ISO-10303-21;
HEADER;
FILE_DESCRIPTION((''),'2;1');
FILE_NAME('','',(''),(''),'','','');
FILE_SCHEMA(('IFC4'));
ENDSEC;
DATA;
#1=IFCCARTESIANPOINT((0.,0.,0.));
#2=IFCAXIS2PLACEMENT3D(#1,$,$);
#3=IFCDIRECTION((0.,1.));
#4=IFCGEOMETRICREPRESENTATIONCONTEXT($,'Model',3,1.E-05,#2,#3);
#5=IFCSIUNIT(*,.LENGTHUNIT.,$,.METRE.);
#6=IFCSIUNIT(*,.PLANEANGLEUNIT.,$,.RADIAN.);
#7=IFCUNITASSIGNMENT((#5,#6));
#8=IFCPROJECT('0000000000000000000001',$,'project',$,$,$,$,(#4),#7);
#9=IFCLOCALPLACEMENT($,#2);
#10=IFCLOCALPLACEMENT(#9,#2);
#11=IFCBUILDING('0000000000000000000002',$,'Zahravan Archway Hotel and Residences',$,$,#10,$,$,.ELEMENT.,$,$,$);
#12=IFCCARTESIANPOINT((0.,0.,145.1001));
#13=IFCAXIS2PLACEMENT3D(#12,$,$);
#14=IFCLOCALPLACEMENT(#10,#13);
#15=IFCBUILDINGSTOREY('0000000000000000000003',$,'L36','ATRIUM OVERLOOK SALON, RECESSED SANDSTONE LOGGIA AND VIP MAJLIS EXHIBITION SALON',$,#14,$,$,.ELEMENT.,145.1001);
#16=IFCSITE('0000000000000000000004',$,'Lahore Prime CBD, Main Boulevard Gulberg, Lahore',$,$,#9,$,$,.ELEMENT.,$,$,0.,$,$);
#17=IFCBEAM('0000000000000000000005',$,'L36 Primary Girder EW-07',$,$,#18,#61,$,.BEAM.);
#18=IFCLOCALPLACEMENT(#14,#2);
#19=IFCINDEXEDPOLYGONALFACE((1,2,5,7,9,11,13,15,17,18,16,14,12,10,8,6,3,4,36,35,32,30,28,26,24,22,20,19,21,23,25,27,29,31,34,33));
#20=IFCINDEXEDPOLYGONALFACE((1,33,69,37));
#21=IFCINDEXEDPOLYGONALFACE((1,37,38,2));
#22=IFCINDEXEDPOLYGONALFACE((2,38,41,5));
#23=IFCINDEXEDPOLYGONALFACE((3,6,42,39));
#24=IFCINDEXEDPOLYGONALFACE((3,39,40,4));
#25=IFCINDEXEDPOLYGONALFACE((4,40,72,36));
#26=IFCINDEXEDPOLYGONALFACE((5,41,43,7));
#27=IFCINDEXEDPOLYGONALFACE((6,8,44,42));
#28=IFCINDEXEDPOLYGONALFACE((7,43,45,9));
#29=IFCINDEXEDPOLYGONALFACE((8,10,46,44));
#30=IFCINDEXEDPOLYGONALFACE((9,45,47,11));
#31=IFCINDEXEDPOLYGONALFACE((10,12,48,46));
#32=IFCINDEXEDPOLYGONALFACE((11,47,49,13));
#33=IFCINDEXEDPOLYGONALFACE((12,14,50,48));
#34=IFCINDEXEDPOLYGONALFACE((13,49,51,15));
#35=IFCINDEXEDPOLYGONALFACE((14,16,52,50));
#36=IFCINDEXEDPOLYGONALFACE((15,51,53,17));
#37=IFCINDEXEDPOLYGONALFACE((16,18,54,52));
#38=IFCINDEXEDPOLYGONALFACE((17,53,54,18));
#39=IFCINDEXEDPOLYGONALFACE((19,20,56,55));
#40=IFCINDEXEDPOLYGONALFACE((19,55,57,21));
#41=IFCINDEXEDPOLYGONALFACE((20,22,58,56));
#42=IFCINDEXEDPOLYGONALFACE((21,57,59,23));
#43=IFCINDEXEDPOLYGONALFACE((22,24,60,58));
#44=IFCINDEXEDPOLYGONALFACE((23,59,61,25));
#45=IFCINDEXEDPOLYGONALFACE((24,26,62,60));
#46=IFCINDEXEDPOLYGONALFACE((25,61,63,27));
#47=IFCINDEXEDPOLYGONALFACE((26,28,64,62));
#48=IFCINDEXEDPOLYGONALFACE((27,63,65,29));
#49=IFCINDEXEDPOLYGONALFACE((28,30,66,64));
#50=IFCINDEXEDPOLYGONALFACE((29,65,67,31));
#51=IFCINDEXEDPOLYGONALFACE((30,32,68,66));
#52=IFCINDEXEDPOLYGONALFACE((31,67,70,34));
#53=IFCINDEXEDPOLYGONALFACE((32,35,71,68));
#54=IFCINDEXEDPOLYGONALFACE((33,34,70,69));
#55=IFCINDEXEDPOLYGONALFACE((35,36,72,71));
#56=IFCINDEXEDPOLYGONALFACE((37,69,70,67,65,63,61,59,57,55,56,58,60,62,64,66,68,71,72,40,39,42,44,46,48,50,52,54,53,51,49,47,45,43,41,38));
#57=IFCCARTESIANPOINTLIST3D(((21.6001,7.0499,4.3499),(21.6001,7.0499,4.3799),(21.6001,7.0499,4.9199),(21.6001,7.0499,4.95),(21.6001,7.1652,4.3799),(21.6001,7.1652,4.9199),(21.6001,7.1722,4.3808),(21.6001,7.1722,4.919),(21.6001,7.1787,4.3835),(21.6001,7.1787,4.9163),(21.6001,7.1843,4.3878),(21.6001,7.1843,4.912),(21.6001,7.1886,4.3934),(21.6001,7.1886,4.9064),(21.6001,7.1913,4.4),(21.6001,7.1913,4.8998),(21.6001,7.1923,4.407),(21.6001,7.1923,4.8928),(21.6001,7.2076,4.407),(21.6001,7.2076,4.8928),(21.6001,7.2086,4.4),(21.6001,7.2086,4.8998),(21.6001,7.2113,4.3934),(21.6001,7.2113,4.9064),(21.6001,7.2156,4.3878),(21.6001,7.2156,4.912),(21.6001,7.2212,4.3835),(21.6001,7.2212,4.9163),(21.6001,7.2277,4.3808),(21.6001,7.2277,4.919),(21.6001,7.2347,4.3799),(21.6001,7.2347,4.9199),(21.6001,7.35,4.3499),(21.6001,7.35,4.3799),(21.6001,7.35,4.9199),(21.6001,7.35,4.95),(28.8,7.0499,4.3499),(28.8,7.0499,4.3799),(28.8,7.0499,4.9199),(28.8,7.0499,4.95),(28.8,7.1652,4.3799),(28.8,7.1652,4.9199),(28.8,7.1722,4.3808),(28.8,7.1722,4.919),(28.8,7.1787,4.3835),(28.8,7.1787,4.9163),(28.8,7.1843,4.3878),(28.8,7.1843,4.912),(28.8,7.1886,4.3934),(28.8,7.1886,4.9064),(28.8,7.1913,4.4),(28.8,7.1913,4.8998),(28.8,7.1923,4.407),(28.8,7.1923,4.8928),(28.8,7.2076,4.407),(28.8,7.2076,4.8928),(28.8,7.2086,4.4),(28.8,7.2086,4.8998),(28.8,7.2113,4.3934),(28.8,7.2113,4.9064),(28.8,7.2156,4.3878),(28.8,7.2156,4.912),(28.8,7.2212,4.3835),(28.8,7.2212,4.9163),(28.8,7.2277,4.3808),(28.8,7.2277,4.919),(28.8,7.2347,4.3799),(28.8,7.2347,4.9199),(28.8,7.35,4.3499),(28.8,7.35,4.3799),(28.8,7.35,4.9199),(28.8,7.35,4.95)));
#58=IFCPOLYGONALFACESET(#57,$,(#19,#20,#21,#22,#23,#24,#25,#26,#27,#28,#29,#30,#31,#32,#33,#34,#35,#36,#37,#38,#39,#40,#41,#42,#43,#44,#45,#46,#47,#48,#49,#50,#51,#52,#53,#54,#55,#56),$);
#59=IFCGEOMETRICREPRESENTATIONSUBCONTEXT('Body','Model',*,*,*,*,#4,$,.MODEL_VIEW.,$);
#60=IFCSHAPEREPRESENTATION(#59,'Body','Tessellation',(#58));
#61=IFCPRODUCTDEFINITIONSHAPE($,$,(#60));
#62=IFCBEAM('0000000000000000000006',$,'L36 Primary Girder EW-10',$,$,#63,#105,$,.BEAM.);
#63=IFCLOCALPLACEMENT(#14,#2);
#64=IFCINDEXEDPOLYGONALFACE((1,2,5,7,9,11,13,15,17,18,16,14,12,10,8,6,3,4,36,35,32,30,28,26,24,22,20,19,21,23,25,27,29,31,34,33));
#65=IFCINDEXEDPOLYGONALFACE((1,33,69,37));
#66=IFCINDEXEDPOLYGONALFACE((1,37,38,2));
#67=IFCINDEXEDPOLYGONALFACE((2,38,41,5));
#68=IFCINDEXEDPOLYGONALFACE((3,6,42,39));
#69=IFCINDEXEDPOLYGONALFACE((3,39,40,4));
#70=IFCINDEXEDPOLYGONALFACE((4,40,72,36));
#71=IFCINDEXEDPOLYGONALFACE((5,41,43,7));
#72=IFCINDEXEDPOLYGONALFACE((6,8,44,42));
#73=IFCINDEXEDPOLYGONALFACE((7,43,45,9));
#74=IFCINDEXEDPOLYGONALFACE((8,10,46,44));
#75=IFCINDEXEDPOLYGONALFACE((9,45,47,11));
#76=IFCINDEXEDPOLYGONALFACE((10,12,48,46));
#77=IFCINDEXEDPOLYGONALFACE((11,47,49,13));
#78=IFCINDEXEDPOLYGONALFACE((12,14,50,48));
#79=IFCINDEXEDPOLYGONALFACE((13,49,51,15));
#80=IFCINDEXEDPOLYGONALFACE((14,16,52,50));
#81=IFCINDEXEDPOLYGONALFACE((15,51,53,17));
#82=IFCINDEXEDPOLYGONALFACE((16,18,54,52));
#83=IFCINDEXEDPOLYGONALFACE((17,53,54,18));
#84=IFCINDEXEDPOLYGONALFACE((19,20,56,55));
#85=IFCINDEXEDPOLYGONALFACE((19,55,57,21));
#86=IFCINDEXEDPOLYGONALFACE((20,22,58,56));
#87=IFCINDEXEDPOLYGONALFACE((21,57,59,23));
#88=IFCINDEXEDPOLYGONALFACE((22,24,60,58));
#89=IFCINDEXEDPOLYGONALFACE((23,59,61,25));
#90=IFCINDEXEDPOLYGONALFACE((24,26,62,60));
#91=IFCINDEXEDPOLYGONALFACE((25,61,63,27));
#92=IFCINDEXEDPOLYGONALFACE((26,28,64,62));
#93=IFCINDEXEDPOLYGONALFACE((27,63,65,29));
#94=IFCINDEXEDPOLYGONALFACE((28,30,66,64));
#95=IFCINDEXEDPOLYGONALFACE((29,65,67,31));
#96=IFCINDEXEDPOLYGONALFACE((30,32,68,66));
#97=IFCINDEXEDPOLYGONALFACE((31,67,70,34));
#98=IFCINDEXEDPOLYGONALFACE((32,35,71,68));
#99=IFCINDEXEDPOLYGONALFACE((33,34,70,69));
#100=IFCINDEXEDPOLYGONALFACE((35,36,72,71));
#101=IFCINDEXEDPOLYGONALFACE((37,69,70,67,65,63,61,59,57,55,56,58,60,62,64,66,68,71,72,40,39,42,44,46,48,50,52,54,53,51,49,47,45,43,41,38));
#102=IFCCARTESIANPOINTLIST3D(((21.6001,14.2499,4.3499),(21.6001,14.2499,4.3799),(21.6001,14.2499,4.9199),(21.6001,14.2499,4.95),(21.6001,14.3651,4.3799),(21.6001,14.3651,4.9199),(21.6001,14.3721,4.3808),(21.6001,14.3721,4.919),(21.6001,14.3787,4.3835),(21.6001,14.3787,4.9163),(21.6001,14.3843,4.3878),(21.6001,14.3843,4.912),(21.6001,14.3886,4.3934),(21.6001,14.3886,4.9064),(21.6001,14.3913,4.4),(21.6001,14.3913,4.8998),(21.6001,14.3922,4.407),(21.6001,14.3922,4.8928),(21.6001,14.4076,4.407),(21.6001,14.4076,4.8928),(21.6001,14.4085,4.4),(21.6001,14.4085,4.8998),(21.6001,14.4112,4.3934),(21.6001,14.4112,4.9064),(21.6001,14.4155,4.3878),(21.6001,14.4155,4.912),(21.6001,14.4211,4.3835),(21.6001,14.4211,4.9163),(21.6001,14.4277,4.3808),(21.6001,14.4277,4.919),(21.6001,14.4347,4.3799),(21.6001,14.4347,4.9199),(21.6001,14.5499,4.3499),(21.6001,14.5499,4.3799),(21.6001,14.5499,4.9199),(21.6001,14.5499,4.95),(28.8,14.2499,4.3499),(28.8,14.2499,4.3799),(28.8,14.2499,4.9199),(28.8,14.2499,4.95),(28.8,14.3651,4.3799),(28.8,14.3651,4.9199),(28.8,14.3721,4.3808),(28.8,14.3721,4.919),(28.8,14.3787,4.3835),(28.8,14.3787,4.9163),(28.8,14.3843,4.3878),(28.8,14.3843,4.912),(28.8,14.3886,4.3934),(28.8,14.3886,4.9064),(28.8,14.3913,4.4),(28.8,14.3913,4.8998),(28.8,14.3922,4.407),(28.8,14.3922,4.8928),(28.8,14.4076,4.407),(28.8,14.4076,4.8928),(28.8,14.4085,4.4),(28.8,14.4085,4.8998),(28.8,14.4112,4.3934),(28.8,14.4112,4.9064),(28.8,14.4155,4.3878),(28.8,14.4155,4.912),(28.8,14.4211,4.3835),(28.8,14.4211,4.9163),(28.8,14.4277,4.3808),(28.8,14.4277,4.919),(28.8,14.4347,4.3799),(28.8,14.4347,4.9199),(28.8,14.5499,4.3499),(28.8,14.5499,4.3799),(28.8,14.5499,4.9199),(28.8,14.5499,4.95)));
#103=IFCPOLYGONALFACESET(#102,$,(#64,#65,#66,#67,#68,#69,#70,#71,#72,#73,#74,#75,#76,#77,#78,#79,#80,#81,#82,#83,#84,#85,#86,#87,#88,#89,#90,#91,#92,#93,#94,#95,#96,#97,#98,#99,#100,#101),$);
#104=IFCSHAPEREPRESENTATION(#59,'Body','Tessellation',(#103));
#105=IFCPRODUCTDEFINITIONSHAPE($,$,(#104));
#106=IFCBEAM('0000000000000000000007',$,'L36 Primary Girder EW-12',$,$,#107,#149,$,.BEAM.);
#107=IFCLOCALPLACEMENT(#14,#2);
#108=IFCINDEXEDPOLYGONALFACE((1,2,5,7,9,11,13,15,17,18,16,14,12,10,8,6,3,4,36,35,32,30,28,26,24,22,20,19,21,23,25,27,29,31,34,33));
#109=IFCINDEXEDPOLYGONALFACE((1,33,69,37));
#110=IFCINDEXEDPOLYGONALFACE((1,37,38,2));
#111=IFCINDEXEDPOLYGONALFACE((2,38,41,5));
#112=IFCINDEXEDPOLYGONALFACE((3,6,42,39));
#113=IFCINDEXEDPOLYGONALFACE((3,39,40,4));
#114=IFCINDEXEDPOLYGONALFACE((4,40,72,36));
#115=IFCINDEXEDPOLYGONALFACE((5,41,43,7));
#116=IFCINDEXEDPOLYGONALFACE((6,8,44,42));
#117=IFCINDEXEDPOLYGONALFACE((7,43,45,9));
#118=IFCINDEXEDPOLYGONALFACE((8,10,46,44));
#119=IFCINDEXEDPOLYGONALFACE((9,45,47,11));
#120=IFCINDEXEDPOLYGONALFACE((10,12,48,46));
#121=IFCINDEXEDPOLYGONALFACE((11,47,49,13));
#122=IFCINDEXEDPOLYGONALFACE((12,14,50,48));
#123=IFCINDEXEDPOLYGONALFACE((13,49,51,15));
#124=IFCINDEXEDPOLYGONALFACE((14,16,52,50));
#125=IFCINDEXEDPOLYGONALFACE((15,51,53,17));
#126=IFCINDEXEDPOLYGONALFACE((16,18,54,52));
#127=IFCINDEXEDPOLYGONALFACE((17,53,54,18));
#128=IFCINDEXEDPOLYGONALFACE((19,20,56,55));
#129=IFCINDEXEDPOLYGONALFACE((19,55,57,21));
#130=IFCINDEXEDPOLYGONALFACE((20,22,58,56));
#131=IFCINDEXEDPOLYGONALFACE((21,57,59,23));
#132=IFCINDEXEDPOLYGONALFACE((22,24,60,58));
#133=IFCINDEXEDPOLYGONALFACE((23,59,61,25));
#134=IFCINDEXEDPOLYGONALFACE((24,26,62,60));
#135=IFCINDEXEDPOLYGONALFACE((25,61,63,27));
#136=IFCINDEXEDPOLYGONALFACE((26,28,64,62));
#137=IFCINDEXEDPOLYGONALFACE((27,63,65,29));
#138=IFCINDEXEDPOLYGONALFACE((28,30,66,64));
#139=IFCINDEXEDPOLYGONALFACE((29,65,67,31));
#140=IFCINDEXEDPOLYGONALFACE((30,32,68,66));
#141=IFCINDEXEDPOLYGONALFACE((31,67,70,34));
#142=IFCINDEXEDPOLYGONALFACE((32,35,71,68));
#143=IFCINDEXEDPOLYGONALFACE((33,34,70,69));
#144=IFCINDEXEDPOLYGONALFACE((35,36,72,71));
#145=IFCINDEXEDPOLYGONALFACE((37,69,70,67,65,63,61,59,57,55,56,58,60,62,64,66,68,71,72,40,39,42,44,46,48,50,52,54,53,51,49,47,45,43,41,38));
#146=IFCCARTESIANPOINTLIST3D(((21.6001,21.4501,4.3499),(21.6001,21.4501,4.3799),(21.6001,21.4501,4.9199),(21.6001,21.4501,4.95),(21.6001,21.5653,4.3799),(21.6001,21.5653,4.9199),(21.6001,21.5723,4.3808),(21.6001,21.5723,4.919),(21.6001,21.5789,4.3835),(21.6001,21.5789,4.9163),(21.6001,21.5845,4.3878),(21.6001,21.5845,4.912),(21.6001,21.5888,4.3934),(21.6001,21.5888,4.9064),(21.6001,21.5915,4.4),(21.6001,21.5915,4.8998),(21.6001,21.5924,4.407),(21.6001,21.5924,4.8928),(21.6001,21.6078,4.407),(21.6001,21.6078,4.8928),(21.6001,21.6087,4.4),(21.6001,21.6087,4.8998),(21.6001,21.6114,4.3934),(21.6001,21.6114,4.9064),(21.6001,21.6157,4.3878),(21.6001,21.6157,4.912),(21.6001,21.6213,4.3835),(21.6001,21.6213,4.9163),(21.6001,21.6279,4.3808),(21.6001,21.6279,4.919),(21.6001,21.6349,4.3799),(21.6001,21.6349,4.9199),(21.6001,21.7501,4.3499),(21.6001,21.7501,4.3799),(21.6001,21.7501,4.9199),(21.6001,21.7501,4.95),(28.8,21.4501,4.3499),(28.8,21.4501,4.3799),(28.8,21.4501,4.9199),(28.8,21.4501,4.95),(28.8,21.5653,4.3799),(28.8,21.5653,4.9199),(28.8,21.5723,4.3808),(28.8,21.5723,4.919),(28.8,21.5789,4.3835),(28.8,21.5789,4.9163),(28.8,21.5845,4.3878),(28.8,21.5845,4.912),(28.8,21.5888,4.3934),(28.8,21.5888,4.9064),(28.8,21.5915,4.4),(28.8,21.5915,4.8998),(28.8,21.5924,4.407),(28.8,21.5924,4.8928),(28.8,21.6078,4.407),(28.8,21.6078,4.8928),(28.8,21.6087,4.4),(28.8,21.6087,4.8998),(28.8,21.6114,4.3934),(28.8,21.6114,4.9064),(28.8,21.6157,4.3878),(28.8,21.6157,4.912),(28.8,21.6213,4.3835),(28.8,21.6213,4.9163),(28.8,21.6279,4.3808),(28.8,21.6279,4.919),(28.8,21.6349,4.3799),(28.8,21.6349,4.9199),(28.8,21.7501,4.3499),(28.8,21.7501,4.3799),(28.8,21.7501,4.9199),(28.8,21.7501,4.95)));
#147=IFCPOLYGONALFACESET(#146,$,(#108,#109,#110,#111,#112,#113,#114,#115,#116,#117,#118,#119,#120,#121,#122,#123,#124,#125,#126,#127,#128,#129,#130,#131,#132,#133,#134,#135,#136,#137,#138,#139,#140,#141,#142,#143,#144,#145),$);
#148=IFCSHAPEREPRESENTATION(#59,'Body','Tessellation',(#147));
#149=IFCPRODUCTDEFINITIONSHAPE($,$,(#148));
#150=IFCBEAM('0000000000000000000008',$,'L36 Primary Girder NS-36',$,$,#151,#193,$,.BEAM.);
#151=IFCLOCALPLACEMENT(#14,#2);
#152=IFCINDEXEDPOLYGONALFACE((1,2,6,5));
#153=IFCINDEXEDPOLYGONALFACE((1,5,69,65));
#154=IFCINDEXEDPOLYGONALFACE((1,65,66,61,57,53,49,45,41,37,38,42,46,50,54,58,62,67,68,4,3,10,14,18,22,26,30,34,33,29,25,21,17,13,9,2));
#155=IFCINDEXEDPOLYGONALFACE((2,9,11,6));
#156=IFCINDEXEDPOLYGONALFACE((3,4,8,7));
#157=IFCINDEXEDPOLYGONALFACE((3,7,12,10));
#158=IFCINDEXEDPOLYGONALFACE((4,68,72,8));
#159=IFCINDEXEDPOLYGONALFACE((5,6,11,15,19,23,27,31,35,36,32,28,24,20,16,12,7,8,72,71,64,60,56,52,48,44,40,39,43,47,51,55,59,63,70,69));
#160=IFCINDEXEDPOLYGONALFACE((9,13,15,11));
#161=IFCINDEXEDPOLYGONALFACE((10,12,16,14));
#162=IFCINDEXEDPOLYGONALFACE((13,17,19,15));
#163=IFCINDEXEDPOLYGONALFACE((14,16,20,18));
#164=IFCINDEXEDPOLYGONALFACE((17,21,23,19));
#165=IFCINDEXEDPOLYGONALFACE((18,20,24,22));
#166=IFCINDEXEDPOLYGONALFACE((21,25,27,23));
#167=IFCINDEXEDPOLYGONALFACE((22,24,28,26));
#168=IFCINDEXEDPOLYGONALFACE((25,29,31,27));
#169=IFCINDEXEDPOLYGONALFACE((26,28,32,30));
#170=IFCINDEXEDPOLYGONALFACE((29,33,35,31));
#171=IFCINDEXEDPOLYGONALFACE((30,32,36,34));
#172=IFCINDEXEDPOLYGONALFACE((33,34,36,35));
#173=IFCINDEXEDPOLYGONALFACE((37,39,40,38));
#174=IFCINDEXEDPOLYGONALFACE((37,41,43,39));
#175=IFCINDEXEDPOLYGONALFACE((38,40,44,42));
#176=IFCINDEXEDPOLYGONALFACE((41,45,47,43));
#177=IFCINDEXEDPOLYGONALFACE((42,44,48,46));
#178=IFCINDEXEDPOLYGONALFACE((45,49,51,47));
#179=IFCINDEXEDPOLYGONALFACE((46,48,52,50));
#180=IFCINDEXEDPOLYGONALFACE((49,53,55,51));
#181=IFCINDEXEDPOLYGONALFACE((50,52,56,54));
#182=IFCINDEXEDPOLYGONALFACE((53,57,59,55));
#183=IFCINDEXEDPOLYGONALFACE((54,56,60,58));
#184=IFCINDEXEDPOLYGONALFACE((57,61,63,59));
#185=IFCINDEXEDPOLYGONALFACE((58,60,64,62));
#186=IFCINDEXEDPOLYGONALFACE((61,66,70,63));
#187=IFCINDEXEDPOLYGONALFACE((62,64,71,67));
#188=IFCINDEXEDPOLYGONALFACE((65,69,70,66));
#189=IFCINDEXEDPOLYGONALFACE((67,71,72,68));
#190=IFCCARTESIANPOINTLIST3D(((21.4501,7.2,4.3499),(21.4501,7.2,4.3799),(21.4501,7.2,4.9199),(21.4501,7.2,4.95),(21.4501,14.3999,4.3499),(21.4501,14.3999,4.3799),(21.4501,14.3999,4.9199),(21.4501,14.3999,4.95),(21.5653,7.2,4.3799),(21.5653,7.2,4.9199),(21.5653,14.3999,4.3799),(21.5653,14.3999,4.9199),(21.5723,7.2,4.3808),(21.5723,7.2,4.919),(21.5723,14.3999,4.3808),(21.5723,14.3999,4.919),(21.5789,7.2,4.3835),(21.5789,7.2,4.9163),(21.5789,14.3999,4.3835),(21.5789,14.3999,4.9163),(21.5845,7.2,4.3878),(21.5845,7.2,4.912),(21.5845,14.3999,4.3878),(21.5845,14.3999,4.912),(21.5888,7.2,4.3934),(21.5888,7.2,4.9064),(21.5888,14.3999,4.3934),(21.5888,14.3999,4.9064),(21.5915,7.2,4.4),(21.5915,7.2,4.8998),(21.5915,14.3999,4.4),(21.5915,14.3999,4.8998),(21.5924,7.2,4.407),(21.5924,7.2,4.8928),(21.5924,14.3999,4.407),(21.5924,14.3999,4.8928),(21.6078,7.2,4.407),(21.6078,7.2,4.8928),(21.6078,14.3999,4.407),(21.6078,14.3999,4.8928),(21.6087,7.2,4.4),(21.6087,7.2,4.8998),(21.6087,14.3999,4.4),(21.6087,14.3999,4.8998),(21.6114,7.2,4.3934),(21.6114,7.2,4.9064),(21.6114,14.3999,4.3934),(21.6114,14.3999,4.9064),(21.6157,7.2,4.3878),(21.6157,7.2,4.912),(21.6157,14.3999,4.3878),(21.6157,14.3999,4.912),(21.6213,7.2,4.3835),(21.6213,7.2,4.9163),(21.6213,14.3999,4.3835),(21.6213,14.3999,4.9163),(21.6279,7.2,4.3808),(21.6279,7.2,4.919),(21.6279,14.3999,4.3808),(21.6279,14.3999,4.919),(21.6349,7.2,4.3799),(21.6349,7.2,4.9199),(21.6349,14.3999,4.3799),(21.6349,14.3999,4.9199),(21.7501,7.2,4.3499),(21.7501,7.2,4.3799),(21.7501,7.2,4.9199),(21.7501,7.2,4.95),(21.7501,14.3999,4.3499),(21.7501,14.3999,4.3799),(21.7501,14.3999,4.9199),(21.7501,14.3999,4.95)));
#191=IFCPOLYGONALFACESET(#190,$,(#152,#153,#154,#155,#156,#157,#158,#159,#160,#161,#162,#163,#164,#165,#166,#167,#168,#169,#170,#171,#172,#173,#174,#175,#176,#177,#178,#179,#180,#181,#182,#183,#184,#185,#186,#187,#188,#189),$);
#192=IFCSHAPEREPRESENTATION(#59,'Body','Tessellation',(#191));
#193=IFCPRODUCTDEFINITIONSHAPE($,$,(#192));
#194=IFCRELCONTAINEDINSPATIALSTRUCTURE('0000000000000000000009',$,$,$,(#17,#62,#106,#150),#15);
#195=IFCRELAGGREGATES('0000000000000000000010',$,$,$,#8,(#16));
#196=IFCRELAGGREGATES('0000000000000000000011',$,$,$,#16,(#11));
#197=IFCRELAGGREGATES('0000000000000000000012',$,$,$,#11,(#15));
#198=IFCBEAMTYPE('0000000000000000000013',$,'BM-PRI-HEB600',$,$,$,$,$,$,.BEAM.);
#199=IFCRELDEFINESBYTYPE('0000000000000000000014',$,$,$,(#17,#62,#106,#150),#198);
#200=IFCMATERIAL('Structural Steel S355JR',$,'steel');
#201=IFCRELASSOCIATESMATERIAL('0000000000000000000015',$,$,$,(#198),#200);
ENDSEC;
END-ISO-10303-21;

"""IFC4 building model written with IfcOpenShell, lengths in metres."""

from ifc_helpers import new_model, si_unit, direction, frame, origin, origin_2d, place, context, subcontext, project, spatial, i_section, extrude, source, transform, mapped, material, material_profile, profile_set, type_object, element, save


model = new_model("IFC4")

# Units and contexts
model_context = context("Model", 3, precision=1e-05, world=origin(), true_north=direction((0.0, 1.0)))
body_context = subcontext(model_context, "Body", "Model", "MODEL_VIEW")
ifc_project = project(units=[si_unit("LENGTHUNIT", "METRE"), si_unit("PLANEANGLEUNIT", "RADIAN")], contexts=[model_context])

# Site, building, storey
site_placement = place(None, origin())
site = spatial("IfcSite", under=ifc_project, at=site_placement, Name="Lahore Prime CBD, Main Boulevard Gulberg, Lahore", CompositionType="ELEMENT", RefElevation=0.0)
building_placement = place(site_placement, origin())
building = spatial("IfcBuilding", under=site, at=building_placement, Name="Zahravan Archway Hotel and Residences", CompositionType="ELEMENT")
storey_placement = place(building_placement, frame((0.0, 0.0, 145.1001)))
storey = spatial("IfcBuildingStorey", under=building, at=storey_placement, Name="L36", Description="ATRIUM OVERLOOK SALON, RECESSED SANDSTONE LOGGIA AND VIP MAJLIS EXHIBITION SALON", CompositionType="ELEMENT", Elevation=145.1001)

# Beams
ifc_material_1 = material(Name="Structural Steel S355JR", Category="steel")
ifc_material_profile_1 = material_profile(ifc_material_1, i_section(OverallWidth=0.3, OverallDepth=0.6001, WebThickness=0.0154, FlangeThickness=0.03, FilletRadius=0.0271, at=origin_2d()), Name="HEB 600", Category="steel")
ifc_profile_set_1 = profile_set([ifc_material_profile_1], Name="Structural Steel S355JR")
beam_type_1 = type_object("IfcBeamType", Name="BM-PRI-HEB600", PredefinedType="BEAM", material=ifc_profile_set_1)
shared_shape_1 = source(origin(), body_context, "Body", "SweptSolid", [
    extrude(i_section(OverallWidth=0.3, OverallDepth=0.6001, WebThickness=0.0154, FlangeThickness=0.03, FilletRadius=0.0271, at=origin_2d()), origin(), (0.0, 0.0, 1.0), 7.2),
])
for number, where, z_axis, x_axis, name in (
    (1, (21.6001, 7.2, 4.6499), (1.0, 0.0, 0.0), (0.0, 1.0, 0.0), "L36 Primary Girder EW-07"),
    (2, (21.6001, 14.3999, 4.6499), (1.0, 0.0, 0.0), (0.0, 1.0, 0.0), "L36 Primary Girder EW-10"),
    (3, (21.6001, 21.6001, 4.6499), (1.0, 0.0, 0.0), (0.0, 1.0, 0.0), "L36 Primary Girder EW-12"),
    (4, (21.6001, 7.2, 4.6499), (0.0, 1.0, 0.0), (-1.0, 0.0, 0.0), "L36 Primary Girder NS-36"),
):
    element("IfcBeam", number, at=place(storey_placement, frame(where, z_axis=z_axis, x_axis=x_axis)), inside=storey, type_object=beam_type_1, Name=name, PredefinedType="BEAM", context=body_context, shape_type="MappedRepresentation", body=[
        mapped(shared_shape_1, transform((0.0, 0.0, 0.0), scale=1.0)),
    ])

save(model, "model.ifc")
